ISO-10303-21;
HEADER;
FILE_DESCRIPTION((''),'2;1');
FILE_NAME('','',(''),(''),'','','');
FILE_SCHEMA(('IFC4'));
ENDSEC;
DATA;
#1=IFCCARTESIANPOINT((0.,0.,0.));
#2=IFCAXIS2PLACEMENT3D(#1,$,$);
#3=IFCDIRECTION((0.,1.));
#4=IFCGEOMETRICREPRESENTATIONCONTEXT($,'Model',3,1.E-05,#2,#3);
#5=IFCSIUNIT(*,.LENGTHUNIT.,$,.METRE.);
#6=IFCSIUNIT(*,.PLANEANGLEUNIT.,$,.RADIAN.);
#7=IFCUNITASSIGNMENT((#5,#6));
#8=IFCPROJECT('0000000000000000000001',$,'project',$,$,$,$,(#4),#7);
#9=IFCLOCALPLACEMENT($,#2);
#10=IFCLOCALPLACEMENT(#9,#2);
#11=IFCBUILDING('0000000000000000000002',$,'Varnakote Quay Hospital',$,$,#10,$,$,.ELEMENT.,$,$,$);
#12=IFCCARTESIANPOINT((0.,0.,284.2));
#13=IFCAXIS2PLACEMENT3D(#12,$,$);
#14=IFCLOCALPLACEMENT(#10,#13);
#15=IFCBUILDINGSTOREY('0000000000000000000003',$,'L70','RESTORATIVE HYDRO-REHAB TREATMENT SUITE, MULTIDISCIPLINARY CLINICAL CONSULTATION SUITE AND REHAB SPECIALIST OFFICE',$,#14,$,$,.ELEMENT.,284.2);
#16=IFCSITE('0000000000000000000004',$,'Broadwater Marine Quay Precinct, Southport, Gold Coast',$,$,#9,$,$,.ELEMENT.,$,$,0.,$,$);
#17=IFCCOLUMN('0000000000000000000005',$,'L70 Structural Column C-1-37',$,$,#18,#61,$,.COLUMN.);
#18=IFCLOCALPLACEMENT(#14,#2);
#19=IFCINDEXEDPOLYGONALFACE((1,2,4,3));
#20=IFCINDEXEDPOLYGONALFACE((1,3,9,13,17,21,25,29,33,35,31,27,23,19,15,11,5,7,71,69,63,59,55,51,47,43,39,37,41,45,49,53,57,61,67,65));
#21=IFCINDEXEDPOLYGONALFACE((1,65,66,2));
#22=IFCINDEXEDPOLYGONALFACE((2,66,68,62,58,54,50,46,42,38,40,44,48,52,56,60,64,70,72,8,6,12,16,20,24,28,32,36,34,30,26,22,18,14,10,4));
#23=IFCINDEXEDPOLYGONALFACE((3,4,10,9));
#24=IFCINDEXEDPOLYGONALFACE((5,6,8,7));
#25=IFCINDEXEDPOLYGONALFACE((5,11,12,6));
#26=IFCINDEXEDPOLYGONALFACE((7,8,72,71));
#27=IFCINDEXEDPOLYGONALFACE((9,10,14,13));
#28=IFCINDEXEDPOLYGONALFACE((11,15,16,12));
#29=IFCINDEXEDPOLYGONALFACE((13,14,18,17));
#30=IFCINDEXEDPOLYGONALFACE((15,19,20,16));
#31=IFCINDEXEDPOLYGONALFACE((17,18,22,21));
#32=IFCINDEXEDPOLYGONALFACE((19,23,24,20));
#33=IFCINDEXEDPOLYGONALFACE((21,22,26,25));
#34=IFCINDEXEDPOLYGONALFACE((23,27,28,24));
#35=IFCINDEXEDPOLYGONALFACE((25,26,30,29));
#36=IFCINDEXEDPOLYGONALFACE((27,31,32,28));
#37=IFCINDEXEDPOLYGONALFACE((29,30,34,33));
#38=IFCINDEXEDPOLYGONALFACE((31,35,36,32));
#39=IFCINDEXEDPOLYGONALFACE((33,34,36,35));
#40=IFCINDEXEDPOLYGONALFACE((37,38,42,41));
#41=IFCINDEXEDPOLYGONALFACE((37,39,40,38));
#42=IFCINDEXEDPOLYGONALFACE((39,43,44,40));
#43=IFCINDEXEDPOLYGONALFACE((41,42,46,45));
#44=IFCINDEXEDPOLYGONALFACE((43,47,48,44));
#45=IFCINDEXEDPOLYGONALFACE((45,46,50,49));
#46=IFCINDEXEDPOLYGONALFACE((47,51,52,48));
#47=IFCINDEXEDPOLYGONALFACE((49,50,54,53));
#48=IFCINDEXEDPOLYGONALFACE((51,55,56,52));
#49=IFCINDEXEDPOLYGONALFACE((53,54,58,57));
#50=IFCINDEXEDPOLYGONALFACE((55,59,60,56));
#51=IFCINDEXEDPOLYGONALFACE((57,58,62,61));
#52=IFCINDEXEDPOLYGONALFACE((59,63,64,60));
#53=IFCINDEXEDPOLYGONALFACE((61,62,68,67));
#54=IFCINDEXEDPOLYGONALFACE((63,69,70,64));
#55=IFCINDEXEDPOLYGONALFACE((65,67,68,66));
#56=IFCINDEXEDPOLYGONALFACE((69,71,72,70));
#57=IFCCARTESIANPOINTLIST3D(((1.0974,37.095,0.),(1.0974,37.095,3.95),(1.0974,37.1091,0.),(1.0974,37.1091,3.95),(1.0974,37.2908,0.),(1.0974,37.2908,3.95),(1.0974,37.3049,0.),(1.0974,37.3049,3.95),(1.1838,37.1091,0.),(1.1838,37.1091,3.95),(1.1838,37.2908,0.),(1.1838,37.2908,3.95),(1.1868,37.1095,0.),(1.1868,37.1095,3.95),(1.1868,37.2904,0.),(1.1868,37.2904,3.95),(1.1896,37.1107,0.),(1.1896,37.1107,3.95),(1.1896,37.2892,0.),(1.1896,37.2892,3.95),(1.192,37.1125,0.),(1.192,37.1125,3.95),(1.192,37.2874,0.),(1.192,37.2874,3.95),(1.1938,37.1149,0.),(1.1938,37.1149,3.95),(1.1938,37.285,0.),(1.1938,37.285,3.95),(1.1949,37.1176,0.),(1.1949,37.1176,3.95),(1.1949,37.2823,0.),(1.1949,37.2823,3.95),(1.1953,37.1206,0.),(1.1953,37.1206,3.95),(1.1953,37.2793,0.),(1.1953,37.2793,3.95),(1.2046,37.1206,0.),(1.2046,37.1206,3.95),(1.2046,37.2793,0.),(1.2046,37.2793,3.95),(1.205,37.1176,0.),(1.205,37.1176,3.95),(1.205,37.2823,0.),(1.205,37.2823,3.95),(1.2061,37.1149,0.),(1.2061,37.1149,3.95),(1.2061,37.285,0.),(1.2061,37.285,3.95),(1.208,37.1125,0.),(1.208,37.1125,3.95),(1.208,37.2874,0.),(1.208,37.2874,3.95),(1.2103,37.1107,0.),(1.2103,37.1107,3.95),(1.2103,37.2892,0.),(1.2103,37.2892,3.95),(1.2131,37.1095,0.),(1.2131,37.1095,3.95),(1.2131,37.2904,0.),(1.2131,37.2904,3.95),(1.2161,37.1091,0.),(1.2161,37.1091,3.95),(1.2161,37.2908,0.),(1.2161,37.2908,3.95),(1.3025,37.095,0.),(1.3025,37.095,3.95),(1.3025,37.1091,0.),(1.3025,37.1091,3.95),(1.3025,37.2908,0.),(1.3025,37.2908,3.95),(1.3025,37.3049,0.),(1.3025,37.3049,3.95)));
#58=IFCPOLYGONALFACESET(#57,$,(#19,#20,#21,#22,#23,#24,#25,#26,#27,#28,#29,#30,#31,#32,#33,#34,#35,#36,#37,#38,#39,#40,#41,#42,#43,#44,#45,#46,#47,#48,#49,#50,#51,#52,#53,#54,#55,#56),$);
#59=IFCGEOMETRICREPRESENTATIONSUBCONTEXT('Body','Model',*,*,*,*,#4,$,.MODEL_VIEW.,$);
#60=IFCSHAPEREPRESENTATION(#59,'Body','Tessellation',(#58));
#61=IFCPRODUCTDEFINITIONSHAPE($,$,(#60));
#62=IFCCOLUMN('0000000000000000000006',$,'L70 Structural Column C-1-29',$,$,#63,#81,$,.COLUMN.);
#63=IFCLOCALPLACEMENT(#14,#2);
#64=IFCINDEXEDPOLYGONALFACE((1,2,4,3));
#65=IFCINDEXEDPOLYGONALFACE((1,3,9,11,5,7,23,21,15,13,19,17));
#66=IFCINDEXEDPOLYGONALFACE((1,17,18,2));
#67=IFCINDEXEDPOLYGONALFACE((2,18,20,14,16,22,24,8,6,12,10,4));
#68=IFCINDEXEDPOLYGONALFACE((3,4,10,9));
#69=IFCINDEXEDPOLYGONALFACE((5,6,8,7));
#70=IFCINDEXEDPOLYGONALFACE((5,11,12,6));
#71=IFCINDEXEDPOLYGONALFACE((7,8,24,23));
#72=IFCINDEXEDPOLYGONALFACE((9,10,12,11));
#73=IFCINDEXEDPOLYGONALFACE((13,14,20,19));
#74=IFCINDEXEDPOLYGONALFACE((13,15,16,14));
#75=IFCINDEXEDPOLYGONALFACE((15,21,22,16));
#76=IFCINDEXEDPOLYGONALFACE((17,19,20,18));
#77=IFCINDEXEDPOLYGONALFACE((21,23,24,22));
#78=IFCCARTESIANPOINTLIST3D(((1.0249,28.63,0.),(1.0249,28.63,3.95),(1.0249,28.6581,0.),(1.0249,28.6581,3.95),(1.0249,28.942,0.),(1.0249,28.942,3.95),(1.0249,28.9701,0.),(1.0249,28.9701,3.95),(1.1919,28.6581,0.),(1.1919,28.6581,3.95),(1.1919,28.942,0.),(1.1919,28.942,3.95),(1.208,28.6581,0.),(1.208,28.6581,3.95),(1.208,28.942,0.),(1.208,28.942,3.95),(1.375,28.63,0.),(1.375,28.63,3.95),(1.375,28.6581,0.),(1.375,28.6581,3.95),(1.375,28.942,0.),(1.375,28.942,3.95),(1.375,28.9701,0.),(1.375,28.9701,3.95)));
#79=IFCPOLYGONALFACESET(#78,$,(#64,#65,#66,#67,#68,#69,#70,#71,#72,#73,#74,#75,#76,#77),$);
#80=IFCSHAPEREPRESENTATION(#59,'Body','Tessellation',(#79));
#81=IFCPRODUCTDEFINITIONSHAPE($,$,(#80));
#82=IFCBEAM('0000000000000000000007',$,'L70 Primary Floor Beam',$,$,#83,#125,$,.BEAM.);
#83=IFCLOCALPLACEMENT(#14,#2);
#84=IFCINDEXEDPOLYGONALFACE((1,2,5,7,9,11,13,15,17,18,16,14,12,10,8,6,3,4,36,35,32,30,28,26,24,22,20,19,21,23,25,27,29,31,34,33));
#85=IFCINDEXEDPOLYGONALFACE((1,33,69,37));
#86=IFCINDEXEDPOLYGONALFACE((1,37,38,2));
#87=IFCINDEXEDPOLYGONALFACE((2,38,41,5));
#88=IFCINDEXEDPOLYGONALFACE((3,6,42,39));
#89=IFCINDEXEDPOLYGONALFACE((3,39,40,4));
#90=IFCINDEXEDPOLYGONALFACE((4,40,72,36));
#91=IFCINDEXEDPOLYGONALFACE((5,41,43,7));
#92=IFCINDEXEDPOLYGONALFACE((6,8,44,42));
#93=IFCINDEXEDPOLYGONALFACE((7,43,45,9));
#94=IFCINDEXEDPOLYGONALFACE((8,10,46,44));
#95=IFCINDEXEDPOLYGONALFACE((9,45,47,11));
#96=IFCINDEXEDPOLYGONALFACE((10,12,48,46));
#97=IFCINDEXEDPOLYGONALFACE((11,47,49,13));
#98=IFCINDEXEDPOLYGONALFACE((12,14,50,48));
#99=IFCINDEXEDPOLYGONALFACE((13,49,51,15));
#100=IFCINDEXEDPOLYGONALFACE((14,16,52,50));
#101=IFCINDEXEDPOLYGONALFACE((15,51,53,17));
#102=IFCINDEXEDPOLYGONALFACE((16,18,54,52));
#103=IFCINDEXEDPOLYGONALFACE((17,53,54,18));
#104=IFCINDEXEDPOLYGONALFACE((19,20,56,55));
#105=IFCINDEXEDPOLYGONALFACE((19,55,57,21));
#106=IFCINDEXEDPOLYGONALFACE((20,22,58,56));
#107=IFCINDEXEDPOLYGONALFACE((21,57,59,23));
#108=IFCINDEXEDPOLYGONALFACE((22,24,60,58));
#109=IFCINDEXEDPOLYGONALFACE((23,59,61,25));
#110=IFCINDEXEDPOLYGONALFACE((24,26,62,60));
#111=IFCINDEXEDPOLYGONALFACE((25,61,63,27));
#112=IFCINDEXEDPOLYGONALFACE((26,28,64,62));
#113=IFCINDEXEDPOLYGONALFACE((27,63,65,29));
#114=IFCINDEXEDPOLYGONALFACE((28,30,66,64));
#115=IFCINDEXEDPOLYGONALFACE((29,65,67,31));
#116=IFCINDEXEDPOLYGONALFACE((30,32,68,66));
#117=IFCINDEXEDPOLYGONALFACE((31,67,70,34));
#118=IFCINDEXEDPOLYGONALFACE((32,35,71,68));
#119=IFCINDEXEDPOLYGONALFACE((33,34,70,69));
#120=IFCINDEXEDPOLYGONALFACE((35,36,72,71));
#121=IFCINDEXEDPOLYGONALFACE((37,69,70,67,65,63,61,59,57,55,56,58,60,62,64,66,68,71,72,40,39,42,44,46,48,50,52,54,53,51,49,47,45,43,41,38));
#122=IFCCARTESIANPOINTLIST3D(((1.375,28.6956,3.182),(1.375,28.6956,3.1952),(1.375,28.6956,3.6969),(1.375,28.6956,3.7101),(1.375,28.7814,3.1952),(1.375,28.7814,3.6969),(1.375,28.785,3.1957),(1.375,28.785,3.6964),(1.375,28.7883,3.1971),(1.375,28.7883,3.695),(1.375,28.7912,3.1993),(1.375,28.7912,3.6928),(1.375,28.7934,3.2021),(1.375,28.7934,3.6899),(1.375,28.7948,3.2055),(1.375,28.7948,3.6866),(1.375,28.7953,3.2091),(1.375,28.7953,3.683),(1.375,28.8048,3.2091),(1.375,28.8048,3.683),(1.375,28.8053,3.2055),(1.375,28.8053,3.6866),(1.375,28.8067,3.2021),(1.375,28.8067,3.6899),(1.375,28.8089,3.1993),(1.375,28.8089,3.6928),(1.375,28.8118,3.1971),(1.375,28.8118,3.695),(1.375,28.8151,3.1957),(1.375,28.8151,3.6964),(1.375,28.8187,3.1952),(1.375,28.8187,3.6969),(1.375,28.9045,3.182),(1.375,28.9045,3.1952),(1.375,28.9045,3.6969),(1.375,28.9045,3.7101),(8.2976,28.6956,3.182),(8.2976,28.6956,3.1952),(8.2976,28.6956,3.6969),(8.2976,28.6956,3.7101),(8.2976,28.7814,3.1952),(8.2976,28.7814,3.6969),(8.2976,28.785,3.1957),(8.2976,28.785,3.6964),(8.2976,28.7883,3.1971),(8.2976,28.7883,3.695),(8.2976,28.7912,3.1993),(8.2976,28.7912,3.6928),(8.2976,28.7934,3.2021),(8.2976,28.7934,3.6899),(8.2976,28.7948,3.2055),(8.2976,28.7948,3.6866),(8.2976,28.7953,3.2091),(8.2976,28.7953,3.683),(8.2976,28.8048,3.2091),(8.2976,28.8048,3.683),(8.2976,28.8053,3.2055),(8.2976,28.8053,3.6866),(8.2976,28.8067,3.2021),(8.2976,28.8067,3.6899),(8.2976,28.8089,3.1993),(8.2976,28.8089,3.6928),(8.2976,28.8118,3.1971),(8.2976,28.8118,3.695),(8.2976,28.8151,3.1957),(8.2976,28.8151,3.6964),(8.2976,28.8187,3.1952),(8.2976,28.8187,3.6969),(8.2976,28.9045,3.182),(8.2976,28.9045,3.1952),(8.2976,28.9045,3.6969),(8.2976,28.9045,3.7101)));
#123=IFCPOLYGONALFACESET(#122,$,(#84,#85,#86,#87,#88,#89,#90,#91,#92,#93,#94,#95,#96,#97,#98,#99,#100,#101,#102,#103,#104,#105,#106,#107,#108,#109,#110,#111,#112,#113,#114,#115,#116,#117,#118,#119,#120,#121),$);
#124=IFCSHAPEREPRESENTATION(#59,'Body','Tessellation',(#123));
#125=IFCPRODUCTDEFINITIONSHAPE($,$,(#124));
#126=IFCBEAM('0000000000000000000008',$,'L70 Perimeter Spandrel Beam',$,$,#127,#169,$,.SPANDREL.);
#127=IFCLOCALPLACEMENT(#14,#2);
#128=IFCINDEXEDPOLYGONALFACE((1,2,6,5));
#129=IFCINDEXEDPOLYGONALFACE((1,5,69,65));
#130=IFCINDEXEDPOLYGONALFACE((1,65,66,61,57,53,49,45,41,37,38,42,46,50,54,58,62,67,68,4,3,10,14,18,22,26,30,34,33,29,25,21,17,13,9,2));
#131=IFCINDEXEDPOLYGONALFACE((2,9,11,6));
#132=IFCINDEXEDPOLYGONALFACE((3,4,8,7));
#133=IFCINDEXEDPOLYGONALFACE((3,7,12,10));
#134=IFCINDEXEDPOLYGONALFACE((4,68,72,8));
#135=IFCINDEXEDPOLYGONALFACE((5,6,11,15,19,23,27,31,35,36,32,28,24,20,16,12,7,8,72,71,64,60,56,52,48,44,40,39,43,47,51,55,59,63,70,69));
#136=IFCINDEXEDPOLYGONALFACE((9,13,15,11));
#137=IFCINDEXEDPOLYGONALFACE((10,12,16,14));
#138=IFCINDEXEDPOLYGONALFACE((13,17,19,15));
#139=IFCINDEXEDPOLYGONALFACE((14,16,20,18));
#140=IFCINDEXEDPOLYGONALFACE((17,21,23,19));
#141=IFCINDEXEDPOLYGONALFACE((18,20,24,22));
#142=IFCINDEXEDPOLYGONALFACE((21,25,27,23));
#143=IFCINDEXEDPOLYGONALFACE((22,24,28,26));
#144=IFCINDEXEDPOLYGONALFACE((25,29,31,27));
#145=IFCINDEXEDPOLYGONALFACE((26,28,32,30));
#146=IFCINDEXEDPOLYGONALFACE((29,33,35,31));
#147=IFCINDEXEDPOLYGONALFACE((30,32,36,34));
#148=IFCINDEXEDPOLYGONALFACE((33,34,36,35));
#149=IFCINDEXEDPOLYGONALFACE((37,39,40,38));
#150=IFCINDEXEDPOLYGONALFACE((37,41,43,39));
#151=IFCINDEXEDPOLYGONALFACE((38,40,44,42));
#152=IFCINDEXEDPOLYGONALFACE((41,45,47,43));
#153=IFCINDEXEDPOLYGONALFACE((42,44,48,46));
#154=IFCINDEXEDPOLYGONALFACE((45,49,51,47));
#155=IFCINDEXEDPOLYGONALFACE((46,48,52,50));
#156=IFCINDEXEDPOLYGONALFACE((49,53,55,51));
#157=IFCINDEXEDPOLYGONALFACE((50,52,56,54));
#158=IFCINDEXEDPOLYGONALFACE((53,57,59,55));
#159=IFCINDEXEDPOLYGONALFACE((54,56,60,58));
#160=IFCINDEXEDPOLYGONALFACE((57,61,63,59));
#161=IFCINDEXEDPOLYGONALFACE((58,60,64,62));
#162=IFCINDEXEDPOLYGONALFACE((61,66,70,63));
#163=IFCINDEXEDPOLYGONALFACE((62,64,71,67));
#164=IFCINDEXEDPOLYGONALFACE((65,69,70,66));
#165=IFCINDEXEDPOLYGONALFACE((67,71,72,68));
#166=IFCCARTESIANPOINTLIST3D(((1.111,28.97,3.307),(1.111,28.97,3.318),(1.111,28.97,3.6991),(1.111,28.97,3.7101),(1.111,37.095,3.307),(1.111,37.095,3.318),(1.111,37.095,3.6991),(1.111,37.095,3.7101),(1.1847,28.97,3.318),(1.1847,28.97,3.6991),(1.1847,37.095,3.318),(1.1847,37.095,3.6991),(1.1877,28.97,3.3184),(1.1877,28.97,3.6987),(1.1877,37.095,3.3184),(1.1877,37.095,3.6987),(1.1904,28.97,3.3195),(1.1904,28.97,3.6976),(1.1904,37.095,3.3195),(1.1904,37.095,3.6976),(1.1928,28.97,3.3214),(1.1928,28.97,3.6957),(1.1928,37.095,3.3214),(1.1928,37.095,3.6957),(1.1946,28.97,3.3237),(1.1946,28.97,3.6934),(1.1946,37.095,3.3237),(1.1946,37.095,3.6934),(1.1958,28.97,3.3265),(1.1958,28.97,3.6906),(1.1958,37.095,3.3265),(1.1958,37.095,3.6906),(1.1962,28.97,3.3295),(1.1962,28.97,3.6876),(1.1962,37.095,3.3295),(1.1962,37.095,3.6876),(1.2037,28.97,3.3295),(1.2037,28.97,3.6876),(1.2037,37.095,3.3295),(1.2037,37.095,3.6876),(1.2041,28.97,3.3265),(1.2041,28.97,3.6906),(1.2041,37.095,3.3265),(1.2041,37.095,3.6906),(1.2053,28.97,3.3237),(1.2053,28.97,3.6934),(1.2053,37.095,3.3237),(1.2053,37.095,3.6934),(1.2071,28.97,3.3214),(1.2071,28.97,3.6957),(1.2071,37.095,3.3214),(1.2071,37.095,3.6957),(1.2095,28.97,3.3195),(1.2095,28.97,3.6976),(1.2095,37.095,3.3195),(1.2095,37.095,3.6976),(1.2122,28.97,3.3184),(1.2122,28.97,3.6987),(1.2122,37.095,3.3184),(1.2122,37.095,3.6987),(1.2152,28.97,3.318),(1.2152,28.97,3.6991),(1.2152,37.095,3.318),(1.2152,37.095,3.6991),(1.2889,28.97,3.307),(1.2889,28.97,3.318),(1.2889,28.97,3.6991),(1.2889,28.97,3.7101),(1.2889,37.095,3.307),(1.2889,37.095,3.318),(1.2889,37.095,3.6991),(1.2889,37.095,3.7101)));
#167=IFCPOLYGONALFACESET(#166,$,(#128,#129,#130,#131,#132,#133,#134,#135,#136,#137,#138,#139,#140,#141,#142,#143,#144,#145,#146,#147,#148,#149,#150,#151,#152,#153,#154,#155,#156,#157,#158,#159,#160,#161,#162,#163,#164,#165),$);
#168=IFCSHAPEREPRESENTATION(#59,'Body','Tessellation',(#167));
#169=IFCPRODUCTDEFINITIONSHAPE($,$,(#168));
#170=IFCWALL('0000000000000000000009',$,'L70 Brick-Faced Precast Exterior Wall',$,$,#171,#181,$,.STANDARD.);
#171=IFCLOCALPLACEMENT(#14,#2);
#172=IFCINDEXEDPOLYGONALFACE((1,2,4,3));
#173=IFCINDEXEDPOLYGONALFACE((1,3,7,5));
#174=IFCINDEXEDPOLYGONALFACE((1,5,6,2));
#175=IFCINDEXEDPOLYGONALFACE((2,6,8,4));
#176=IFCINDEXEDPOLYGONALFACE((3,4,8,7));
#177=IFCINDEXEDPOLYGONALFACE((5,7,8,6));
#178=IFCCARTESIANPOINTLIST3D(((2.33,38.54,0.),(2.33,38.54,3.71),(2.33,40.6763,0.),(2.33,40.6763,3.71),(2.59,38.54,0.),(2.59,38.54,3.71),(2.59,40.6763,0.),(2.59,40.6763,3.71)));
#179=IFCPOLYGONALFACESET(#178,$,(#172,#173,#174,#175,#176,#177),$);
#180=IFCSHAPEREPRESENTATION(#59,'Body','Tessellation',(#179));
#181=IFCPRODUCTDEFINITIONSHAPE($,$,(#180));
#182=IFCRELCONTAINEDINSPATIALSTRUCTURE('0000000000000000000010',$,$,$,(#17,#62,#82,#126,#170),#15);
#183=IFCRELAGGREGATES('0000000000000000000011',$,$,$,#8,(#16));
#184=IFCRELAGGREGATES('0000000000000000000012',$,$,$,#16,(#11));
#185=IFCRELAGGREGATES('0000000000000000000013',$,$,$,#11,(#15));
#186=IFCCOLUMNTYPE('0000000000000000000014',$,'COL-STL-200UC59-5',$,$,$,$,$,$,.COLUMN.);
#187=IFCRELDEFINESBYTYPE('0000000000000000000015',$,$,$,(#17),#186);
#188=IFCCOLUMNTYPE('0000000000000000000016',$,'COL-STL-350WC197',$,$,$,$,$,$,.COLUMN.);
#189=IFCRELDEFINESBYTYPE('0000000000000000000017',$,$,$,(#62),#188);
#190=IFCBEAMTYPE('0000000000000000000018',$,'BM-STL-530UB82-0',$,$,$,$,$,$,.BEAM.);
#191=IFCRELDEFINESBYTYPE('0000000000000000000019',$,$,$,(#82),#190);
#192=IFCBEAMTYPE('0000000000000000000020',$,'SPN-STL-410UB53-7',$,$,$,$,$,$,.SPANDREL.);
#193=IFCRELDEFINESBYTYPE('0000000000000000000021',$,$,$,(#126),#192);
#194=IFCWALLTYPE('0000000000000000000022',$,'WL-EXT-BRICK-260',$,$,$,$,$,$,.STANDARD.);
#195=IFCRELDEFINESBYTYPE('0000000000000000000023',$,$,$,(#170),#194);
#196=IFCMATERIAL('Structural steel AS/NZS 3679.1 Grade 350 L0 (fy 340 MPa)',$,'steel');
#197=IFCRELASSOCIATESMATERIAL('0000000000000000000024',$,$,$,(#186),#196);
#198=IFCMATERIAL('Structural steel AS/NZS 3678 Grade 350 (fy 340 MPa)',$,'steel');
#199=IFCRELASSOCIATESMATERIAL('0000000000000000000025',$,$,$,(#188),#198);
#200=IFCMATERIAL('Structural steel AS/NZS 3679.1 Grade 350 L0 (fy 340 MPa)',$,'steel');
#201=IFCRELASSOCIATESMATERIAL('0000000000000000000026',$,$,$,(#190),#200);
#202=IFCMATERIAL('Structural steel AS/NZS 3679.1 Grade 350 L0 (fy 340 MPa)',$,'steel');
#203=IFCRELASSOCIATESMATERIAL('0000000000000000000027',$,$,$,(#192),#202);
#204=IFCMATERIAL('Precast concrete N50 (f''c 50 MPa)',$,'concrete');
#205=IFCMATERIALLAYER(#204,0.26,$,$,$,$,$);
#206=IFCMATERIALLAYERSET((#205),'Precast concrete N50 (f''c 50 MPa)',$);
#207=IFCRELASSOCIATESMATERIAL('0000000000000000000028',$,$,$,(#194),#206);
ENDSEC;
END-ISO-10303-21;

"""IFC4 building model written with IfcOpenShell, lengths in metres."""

from ifc_helpers import new_model, si_unit, direction, frame, frame_2d, origin, origin_2d, place, context, subcontext, project, spatial, rectangle, i_section, extrude, material, layer, layer_set, material_profile, profile_set, type_object, element, save


model = new_model("IFC4")

# Units and contexts
model_context = context("Model", 3, precision=1e-05, world=origin(), true_north=direction((0.0, 1.0)))
body_context = subcontext(model_context, "Body", "Model", "MODEL_VIEW")
ifc_project = project(units=[si_unit("LENGTHUNIT", "METRE"), si_unit("PLANEANGLEUNIT", "RADIAN")], contexts=[model_context])

# Site, building, storey
site_placement = place(None, origin())
site = spatial("IfcSite", under=ifc_project, at=site_placement, Name="Broadwater Marine Quay Precinct, Southport, Gold Coast", CompositionType="ELEMENT", RefElevation=0.0)
building_placement = place(site_placement, origin())
building = spatial("IfcBuilding", under=site, at=building_placement, Name="Varnakote Quay Hospital", CompositionType="ELEMENT")
storey_placement = place(building_placement, frame((0.0, 0.0, 284.2)))
storey = spatial("IfcBuildingStorey", under=building, at=storey_placement, Name="L70", Description="RESTORATIVE HYDRO-REHAB TREATMENT SUITE, MULTIDISCIPLINARY CLINICAL CONSULTATION SUITE AND REHAB SPECIALIST OFFICE", CompositionType="ELEMENT", Elevation=284.2)

# Columns
ifc_material_1 = material(Name="Structural steel AS/NZS 3679.1 Grade 350 L0 (fy 340 MPa)", Category="steel")
ifc_material_profile_1 = material_profile(ifc_material_1, i_section(OverallWidth=0.2051, OverallDepth=0.21, WebThickness=0.0093, FlangeThickness=0.0142, FilletRadius=0.0115, at=origin_2d()), Name="200UC59.5")
ifc_profile_set_1 = profile_set([ifc_material_profile_1], Name="Structural steel AS/NZS 3679.1 Grade 350 L0 (fy 340 MPa)")
column_type_1 = type_object("IfcColumnType", Name="COL-STL-200UC59-5", PredefinedType="COLUMN", material=ifc_profile_set_1)
column_1_placement = place(storey_placement, frame((1.2, 37.2, 0.0), z_axis=(0.0, 0.0, 1.0), x_axis=(1.0, 0.0, 0.0)))
element("IfcColumn", 1, at=column_1_placement, inside=storey, type_object=column_type_1, Name="L70 Structural Column C-1-37", PredefinedType="COLUMN", context=body_context, shape_type="SweptSolid", body=[
    extrude(i_section(OverallWidth=0.2051, OverallDepth=0.21, WebThickness=0.0093, FlangeThickness=0.0142, FilletRadius=0.0115, at=origin_2d()), origin(), (0.0, 0.0, 1.0), 3.95),
])
ifc_material_2 = material(Name="Structural steel AS/NZS 3678 Grade 350 (fy 340 MPa)", Category="steel")
ifc_material_profile_2 = material_profile(ifc_material_2, i_section(OverallWidth=0.3501, OverallDepth=0.3401, WebThickness=0.0161, FlangeThickness=0.0281, at=origin_2d()), Name="350WC197")
ifc_profile_set_2 = profile_set([ifc_material_profile_2], Name="Structural steel AS/NZS 3678 Grade 350 (fy 340 MPa)")
column_type_2 = type_object("IfcColumnType", Name="COL-STL-350WC197", PredefinedType="COLUMN", material=ifc_profile_set_2)
column_2_placement = place(storey_placement, frame((1.2, 28.8, 0.0), z_axis=(0.0, 0.0, 1.0), x_axis=(1.0, 0.0, 0.0)))
element("IfcColumn", 2, at=column_2_placement, inside=storey, type_object=column_type_2, Name="L70 Structural Column C-1-29", PredefinedType="COLUMN", context=body_context, shape_type="SweptSolid", body=[
    extrude(i_section(OverallWidth=0.3501, OverallDepth=0.3401, WebThickness=0.0161, FlangeThickness=0.0281, at=origin_2d()), origin(), (0.0, 0.0, 1.0), 3.95),
])

# Beams
ifc_material_3 = material(Name="Structural steel AS/NZS 3679.1 Grade 350 L0 (fy 340 MPa)", Category="steel")
ifc_material_profile_3 = material_profile(ifc_material_3, i_section(OverallWidth=0.209, OverallDepth=0.5281, WebThickness=0.0095, FlangeThickness=0.0132, FilletRadius=0.0139, at=origin_2d()), Name="530UB82.0")
ifc_profile_set_3 = profile_set([ifc_material_profile_3], Name="Structural steel AS/NZS 3679.1 Grade 350 L0 (fy 340 MPa)")
beam_type_1 = type_object("IfcBeamType", Name="BM-STL-530UB82-0", PredefinedType="BEAM", material=ifc_profile_set_3)
beam_1_placement = place(storey_placement, frame((1.375, 28.8, 3.446), z_axis=(1.0, 0.0, 0.0), x_axis=(0.0, 1.0, 0.0)))
element("IfcBeam", 3, at=beam_1_placement, inside=storey, type_object=beam_type_1, Name="L70 Primary Floor Beam", PredefinedType="BEAM", context=body_context, shape_type="SweptSolid", body=[
    extrude(i_section(OverallWidth=0.209, OverallDepth=0.5281, WebThickness=0.0095, FlangeThickness=0.0132, FilletRadius=0.0139, at=origin_2d()), origin(), (0.0, 0.0, 1.0), 6.9226),
])
ifc_material_4 = material(Name="Structural steel AS/NZS 3679.1 Grade 350 L0 (fy 340 MPa)", Category="steel")
ifc_material_profile_4 = material_profile(ifc_material_4, i_section(OverallWidth=0.178, OverallDepth=0.4031, WebThickness=0.0076, FlangeThickness=0.011, FilletRadius=0.0115, at=origin_2d()), Name="410UB53.7")
ifc_profile_set_4 = profile_set([ifc_material_profile_4], Name="Structural steel AS/NZS 3679.1 Grade 350 L0 (fy 340 MPa)")
beam_type_2 = type_object("IfcBeamType", Name="SPN-STL-410UB53-7", PredefinedType="SPANDREL", material=ifc_profile_set_4)
beam_2_placement = place(storey_placement, frame((1.2, 28.97, 3.5085), z_axis=(0.0, 1.0, 0.0), x_axis=(-1.0, 0.0, 0.0)))
element("IfcBeam", 4, at=beam_2_placement, inside=storey, type_object=beam_type_2, Name="L70 Perimeter Spandrel Beam", PredefinedType="SPANDREL", context=body_context, shape_type="SweptSolid", body=[
    extrude(i_section(OverallWidth=0.178, OverallDepth=0.4031, WebThickness=0.0076, FlangeThickness=0.011, FilletRadius=0.0115, at=origin_2d()), origin(), (0.0, 0.0, 1.0), 8.125),
])

# Wall
ifc_material_5 = material(Name="Precast concrete N50 (f'c 50 MPa)", Category="concrete")
ifc_layer_1 = layer(ifc_material_5, 0.26)
ifc_layer_set_1 = layer_set([ifc_layer_1], Name="Precast concrete N50 (f'c 50 MPa)")
wall_type = type_object("IfcWallType", Name="WL-EXT-BRICK-260", PredefinedType="STANDARD", material=ifc_layer_set_1)
wall_1_placement = place(storey_placement, frame((2.46, 40.6763, 0.0), z_axis=(0.0, 0.0, 1.0), x_axis=(0.0, -1.0, 0.0)))
element("IfcWall", 5, at=wall_1_placement, inside=storey, type_object=wall_type, Name="L70 Brick-Faced Precast Exterior Wall", PredefinedType="STANDARD", context=body_context, shape_type="SweptSolid", body=[
    extrude(rectangle(XDim=2.1362, YDim=0.26, at=frame_2d((1.0681, 0.0))), origin(), (0.0, 0.0, 1.0), 3.71),
])

save(model, "model.ifc")
